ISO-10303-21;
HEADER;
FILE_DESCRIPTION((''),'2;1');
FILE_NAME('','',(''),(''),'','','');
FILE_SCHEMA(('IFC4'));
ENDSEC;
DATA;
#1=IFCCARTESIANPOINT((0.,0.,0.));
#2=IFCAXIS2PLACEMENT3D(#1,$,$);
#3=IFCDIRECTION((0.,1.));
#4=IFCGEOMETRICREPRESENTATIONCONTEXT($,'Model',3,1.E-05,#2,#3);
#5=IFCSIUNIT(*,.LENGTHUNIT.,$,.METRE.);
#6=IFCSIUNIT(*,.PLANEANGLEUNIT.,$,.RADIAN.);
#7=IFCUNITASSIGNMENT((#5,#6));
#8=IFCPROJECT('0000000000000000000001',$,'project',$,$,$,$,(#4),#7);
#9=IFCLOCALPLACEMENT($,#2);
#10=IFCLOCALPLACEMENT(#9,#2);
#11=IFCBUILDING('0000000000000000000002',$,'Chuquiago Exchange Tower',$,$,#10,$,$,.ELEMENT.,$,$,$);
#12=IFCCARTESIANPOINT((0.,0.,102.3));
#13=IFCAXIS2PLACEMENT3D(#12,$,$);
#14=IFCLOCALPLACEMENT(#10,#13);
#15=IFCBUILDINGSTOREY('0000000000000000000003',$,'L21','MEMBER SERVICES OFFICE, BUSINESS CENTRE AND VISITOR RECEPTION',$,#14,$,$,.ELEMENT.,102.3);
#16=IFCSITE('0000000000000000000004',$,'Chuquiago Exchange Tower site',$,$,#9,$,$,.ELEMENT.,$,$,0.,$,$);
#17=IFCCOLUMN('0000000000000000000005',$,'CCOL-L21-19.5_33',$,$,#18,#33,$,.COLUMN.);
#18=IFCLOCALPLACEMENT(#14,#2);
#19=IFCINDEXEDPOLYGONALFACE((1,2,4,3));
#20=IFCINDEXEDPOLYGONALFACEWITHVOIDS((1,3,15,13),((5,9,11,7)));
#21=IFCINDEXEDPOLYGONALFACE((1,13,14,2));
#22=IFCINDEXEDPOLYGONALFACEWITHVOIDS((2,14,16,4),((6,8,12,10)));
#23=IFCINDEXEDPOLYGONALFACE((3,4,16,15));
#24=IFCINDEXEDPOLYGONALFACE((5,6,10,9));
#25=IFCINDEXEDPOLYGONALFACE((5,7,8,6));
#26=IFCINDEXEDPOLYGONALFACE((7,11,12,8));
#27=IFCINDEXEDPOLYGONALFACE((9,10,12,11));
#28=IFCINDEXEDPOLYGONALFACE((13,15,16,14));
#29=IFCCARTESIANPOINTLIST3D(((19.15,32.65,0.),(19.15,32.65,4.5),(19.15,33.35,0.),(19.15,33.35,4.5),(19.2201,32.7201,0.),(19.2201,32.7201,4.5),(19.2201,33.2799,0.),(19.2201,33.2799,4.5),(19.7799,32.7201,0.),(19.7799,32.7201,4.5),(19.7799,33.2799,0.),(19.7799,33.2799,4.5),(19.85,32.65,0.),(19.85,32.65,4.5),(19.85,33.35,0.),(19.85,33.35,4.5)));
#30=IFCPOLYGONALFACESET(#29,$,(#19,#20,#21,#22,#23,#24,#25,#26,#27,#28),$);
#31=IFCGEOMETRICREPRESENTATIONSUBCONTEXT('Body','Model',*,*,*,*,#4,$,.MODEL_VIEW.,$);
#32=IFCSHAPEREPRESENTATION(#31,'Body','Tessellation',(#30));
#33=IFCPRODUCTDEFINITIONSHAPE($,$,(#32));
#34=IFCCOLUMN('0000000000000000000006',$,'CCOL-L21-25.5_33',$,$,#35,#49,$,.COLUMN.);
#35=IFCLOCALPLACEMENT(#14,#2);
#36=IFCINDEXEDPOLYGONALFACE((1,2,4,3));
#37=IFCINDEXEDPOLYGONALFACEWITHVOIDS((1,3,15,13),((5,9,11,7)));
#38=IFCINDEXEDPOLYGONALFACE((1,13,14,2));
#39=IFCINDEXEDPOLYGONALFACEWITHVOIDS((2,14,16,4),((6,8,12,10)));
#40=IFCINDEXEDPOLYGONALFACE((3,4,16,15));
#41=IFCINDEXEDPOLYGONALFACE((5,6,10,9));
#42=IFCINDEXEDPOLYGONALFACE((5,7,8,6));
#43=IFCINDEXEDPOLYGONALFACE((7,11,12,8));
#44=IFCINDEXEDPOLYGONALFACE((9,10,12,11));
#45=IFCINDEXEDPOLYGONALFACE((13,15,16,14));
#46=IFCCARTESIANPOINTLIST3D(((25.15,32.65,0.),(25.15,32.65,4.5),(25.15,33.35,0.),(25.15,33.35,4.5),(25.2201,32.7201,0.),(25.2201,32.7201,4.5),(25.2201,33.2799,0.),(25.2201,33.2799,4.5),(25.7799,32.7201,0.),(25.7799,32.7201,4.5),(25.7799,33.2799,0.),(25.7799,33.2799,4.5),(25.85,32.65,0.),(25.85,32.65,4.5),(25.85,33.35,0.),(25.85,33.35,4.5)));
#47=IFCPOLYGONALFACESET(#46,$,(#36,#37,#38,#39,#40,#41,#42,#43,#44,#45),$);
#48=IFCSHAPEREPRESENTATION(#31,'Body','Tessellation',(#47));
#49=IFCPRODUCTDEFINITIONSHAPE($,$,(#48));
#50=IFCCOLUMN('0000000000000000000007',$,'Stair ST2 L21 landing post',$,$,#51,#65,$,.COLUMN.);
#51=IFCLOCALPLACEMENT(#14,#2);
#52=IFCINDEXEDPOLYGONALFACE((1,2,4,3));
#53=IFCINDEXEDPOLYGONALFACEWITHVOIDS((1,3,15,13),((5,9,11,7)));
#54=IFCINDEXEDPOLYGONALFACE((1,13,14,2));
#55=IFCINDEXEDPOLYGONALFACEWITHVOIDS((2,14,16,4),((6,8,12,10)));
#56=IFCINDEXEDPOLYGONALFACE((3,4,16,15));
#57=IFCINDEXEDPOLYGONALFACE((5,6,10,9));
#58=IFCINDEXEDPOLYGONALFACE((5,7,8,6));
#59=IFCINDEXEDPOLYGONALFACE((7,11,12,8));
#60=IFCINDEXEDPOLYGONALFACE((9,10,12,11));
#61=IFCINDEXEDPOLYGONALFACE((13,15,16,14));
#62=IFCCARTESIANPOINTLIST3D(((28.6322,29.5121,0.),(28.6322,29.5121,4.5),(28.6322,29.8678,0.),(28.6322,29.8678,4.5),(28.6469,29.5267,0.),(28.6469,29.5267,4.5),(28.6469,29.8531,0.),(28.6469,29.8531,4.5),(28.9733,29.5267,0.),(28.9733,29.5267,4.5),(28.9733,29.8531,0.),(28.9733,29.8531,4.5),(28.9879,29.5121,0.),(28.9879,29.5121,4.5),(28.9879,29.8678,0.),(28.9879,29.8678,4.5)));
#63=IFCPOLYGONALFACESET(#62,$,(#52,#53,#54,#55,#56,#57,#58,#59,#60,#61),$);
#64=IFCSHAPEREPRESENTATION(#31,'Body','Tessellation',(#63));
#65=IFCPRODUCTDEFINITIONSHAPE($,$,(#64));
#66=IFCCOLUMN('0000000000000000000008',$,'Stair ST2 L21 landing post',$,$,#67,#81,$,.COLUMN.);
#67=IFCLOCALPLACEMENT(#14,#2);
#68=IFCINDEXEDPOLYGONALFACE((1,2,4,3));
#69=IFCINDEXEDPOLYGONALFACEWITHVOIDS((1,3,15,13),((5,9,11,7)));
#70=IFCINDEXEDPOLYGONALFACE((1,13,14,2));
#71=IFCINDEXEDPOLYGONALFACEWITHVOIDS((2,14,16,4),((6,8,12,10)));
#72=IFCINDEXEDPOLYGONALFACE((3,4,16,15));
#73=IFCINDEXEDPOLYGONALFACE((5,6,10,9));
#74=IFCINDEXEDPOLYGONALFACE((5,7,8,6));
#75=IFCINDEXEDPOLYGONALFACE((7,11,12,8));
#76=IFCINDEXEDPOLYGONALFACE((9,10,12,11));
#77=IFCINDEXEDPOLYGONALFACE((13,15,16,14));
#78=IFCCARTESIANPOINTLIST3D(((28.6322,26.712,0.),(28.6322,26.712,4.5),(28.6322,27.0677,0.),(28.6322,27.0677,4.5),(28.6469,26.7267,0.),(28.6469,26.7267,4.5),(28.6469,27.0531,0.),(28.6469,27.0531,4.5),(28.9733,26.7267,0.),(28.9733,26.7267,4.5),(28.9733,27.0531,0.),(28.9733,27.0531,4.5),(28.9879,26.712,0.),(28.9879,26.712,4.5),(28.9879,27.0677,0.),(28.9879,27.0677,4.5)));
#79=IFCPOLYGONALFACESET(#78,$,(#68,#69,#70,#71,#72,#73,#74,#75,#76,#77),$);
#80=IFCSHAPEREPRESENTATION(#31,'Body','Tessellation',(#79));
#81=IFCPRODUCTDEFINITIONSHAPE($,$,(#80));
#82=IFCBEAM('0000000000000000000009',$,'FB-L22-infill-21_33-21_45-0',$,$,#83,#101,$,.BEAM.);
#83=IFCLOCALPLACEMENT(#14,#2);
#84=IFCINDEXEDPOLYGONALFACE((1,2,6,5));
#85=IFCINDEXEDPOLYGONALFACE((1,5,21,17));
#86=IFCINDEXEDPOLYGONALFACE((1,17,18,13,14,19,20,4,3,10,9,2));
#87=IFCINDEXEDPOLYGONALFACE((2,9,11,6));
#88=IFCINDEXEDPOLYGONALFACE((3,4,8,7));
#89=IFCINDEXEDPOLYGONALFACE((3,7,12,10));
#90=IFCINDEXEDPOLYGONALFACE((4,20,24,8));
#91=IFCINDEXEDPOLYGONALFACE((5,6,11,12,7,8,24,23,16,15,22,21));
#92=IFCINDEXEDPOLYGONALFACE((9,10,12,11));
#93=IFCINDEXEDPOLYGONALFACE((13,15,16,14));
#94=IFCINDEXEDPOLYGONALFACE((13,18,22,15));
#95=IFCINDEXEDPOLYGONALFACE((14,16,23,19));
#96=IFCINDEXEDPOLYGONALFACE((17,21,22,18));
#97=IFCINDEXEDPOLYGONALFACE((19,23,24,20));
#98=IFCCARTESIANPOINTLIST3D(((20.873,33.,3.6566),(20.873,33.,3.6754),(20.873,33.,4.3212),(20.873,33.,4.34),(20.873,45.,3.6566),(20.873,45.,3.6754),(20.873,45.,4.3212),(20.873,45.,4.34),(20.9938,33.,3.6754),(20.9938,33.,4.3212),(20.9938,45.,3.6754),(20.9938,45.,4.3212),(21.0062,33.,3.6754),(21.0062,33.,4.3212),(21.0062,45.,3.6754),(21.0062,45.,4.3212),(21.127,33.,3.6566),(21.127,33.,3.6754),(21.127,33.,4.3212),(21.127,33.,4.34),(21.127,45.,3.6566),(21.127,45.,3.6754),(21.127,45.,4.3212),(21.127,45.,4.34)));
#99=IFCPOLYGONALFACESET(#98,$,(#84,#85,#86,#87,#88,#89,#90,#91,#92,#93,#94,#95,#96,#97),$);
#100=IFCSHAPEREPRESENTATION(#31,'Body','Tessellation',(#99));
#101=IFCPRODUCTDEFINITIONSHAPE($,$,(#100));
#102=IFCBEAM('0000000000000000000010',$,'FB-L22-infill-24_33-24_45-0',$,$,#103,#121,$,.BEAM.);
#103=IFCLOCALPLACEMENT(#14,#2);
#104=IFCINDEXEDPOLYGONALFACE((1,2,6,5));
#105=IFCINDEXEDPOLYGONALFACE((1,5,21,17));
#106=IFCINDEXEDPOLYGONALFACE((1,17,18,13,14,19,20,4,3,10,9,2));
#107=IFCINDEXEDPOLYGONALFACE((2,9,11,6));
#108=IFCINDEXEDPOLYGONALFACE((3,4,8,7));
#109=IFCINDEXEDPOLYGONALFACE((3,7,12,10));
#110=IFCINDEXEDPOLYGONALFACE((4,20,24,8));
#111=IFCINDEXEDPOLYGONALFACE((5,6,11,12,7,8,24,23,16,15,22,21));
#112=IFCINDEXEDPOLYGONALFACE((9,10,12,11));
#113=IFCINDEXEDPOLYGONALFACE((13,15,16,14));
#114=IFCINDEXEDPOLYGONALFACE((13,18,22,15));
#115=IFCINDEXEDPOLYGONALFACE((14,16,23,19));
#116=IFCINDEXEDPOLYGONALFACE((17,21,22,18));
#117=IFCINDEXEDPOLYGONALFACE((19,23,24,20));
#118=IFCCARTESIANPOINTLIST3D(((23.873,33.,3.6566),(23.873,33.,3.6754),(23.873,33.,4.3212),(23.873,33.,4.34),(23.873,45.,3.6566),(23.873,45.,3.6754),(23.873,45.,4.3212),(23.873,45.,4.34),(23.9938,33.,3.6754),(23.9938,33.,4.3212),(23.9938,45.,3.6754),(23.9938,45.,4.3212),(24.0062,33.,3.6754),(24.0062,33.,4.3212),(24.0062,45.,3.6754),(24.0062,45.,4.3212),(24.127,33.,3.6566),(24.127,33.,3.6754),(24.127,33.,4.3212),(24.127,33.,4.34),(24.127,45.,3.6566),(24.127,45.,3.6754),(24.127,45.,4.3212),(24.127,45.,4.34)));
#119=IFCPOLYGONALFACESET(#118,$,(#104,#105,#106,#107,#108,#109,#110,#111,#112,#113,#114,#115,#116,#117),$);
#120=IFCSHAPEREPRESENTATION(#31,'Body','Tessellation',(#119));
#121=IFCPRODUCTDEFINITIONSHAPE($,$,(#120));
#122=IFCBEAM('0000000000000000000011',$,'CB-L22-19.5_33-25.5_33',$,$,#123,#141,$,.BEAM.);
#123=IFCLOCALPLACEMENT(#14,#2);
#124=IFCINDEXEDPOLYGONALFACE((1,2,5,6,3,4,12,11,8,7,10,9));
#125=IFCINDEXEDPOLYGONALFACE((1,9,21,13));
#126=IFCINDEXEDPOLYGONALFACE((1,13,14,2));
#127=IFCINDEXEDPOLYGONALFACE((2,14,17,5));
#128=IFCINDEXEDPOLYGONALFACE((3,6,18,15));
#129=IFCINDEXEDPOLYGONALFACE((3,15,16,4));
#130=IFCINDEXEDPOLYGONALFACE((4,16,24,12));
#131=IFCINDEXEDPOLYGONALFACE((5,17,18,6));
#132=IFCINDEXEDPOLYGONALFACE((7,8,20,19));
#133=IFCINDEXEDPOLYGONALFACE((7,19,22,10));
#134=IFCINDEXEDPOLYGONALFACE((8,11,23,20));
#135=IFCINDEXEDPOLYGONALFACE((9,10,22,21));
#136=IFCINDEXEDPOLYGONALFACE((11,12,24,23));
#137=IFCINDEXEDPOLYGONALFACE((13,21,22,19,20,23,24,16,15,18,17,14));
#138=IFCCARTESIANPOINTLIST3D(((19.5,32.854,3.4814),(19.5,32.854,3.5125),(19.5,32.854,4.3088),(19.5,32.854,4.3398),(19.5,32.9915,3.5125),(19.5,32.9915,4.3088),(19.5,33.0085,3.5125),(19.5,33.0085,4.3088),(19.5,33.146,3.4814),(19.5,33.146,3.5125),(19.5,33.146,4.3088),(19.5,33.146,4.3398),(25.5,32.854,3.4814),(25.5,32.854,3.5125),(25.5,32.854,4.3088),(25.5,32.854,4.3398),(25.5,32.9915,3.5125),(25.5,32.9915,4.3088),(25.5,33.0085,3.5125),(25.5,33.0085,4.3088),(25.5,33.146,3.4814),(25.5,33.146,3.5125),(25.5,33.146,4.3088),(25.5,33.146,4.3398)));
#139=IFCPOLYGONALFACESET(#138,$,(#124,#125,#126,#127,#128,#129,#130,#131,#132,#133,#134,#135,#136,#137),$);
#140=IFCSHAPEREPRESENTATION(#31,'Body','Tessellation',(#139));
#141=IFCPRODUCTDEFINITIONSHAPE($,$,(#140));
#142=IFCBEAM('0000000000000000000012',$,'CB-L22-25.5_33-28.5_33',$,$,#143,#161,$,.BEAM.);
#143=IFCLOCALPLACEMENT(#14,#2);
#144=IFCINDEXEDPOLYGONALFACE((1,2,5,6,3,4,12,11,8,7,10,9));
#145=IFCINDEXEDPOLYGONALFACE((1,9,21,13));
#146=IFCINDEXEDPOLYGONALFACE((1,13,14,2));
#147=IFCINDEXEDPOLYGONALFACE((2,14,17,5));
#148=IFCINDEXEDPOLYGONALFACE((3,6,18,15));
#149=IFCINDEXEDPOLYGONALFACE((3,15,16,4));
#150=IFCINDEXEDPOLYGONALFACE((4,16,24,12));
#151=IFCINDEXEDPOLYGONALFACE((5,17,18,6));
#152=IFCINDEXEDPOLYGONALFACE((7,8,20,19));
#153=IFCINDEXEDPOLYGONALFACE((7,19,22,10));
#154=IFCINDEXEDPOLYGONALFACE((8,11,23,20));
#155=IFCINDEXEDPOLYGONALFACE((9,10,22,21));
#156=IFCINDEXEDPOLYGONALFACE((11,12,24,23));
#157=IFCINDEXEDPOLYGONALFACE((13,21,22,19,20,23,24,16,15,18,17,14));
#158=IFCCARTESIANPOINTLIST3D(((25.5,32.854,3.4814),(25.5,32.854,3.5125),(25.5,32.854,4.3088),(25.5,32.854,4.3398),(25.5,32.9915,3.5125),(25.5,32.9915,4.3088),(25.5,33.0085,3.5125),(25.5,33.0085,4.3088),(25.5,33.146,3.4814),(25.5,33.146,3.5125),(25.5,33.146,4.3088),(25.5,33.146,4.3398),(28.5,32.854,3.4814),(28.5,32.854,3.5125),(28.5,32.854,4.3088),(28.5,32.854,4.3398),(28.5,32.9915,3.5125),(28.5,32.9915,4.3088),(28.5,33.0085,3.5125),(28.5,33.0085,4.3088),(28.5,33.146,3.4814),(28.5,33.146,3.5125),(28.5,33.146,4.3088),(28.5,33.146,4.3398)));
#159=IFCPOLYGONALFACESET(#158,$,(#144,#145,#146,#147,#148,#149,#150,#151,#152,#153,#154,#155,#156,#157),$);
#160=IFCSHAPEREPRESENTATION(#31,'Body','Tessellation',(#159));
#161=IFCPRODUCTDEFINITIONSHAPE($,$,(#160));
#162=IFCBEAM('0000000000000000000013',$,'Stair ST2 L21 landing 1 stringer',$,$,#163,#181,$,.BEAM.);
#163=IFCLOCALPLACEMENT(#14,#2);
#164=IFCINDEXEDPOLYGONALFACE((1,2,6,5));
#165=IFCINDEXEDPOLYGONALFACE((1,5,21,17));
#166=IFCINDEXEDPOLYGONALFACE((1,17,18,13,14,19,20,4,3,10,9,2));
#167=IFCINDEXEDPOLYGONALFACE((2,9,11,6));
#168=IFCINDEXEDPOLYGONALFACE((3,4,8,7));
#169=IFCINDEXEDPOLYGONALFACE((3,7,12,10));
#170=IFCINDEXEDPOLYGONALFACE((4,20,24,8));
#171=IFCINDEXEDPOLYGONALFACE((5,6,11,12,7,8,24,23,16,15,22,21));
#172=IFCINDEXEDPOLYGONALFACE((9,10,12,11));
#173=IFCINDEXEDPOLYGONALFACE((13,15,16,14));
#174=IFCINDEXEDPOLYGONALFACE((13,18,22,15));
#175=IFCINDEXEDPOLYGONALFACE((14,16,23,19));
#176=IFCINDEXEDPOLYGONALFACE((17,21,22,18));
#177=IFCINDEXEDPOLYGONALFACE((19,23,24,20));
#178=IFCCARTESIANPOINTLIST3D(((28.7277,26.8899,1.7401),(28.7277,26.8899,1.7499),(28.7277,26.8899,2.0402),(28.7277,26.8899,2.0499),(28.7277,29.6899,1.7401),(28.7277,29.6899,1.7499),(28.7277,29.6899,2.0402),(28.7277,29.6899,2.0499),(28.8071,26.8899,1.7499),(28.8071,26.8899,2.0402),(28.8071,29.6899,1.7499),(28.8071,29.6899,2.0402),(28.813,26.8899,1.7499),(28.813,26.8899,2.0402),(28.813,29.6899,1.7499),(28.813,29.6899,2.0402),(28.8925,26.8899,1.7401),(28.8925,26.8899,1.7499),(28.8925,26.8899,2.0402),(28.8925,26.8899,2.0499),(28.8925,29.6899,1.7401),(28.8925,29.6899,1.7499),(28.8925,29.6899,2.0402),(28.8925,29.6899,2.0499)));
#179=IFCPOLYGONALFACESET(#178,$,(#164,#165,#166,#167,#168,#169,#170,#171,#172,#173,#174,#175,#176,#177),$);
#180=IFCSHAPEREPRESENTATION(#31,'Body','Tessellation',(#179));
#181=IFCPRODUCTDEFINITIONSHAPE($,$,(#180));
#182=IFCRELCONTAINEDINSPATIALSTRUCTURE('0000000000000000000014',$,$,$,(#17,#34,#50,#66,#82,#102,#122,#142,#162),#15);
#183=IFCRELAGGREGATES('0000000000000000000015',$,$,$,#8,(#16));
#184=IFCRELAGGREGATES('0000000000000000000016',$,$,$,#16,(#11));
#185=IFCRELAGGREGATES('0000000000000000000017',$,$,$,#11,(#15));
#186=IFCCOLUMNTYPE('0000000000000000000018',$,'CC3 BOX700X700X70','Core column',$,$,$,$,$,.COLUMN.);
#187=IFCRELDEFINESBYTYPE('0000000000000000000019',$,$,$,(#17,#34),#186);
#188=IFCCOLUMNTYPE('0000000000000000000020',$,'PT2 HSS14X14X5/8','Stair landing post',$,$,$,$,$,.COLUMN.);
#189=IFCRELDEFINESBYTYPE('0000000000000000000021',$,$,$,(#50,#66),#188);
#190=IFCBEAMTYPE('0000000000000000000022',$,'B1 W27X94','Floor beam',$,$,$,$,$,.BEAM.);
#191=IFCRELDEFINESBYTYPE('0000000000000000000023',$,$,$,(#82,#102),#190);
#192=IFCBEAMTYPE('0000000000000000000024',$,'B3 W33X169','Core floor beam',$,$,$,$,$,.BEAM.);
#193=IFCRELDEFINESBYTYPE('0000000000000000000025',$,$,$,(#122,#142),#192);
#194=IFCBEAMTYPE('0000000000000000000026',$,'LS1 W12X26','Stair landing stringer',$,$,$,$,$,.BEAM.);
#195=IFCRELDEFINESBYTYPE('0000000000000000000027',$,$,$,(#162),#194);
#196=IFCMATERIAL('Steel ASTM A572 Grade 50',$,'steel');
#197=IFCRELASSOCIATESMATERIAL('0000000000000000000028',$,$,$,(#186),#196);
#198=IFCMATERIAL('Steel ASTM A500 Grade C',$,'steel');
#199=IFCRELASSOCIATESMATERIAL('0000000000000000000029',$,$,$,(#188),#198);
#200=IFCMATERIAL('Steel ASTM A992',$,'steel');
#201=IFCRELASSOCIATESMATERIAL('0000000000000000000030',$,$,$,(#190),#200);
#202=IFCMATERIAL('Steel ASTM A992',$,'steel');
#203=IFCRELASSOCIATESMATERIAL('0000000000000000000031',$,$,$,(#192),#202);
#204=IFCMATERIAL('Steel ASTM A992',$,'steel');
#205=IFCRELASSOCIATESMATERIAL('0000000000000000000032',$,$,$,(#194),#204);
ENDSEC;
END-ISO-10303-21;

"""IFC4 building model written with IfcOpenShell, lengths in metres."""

from ifc_helpers import new_model, si_unit, direction, frame, origin, origin_2d, place, context, subcontext, project, spatial, hollow_rectangle, i_section, extrude, material, material_profile, profile_set, type_object, element, save


model = new_model("IFC4")

# Units and contexts
model_context = context("Model", 3, precision=1e-05, world=origin(), true_north=direction((0.0, 1.0)))
body_context = subcontext(model_context, "Body", "Model", "MODEL_VIEW")
ifc_project = project(units=[si_unit("LENGTHUNIT", "METRE"), si_unit("PLANEANGLEUNIT", "RADIAN")], contexts=[model_context])

# Site, building, storey
site_placement = place(None, origin())
site = spatial("IfcSite", under=ifc_project, at=site_placement, Name="Chuquiago Exchange Tower site", CompositionType="ELEMENT", RefElevation=0.0)
building_placement = place(site_placement, origin())
building = spatial("IfcBuilding", under=site, at=building_placement, Name="Chuquiago Exchange Tower", CompositionType="ELEMENT")
storey_placement = place(building_placement, frame((0.0, 0.0, 102.3)))
storey = spatial("IfcBuildingStorey", under=building, at=storey_placement, Name="L21", Description="MEMBER SERVICES OFFICE, BUSINESS CENTRE AND VISITOR RECEPTION", CompositionType="ELEMENT", Elevation=102.3)

# Columns
ifc_material_1 = material(Name="Steel ASTM A572 Grade 50", Category="steel")
ifc_material_profile_1 = material_profile(ifc_material_1, hollow_rectangle(XDim=0.7, YDim=0.7, WallThickness=0.0701, at=origin_2d()), Name="BOX700X700X70")
ifc_profile_set_1 = profile_set([ifc_material_profile_1], Name="Steel ASTM A572 Grade 50")
column_type_1 = type_object("IfcColumnType", Name="CC3 BOX700X700X70", Description="Core column", PredefinedType="COLUMN", material=ifc_profile_set_1)
for number, where, z_axis, x_axis, name in (
    (1, (19.5, 33.0, 0.0), (0.0, 0.0, 1.0), (1.0, 0.0, 0.0), "CCOL-L21-19.5_33"),
    (2, (25.5, 33.0, 0.0), (0.0, 0.0, 1.0), (1.0, 0.0, 0.0), "CCOL-L21-25.5_33"),
):
    element("IfcColumn", number, at=place(storey_placement, frame(where, z_axis=z_axis, x_axis=x_axis)), inside=storey, type_object=column_type_1, Name=name, PredefinedType="COLUMN", context=body_context, shape_type="SweptSolid", body=[
        extrude(hollow_rectangle(XDim=0.7, YDim=0.7, WallThickness=0.0701, at=origin_2d()), origin(), (0.0, 0.0, 1.0), 4.5),
    ])
ifc_material_2 = material(Name="Steel ASTM A500 Grade C", Category="steel")
ifc_material_profile_2 = material_profile(ifc_material_2, hollow_rectangle(XDim=0.3557, YDim=0.3557, WallThickness=0.0146, at=origin_2d()), Name="HSS14X14X5/8")
ifc_profile_set_2 = profile_set([ifc_material_profile_2], Name="Steel ASTM A500 Grade C")
column_type_2 = type_object("IfcColumnType", Name="PT2 HSS14X14X5/8", Description="Stair landing post", PredefinedType="COLUMN", material=ifc_profile_set_2)
for number, where, z_axis, x_axis, name in (
    (3, (28.8101, 29.6899, 0.0), (0.0, 0.0, 1.0), (1.0, 0.0, 0.0), "Stair ST2 L21 landing post"),
    (4, (28.8101, 26.8899, 0.0), (0.0, 0.0, 1.0), (1.0, 0.0, 0.0), "Stair ST2 L21 landing post"),
):
    element("IfcColumn", number, at=place(storey_placement, frame(where, z_axis=z_axis, x_axis=x_axis)), inside=storey, type_object=column_type_2, Name=name, PredefinedType="COLUMN", context=body_context, shape_type="SweptSolid", body=[
        extrude(hollow_rectangle(XDim=0.3557, YDim=0.3557, WallThickness=0.0146, at=origin_2d()), origin(), (0.0, 0.0, 1.0), 4.5),
    ])

# Beams
ifc_material_3 = material(Name="Steel ASTM A992", Category="steel")
ifc_material_profile_3 = material_profile(ifc_material_3, i_section(OverallWidth=0.2539, OverallDepth=0.6833, WebThickness=0.0125, FlangeThickness=0.0188, at=origin_2d()), Name="W27X94")
ifc_profile_set_3 = profile_set([ifc_material_profile_3], Name="Steel ASTM A992")
beam_type_1 = type_object("IfcBeamType", Name="B1 W27X94", Description="Floor beam", PredefinedType="BEAM", material=ifc_profile_set_3)
for number, where, z_axis, x_axis, name in (
    (5, (21.0, 33.0, 3.9983), (0.0, 1.0, 0.0), (-1.0, 0.0, 0.0), "FB-L22-infill-21_33-21_45-0"),
    (6, (24.0, 33.0, 3.9983), (0.0, 1.0, 0.0), (-1.0, 0.0, 0.0), "FB-L22-infill-24_33-24_45-0"),
):
    element("IfcBeam", number, at=place(storey_placement, frame(where, z_axis=z_axis, x_axis=x_axis)), inside=storey, type_object=beam_type_1, Name=name, PredefinedType="BEAM", context=body_context, shape_type="SweptSolid", body=[
        extrude(i_section(OverallWidth=0.2539, OverallDepth=0.6833, WebThickness=0.0125, FlangeThickness=0.0188, at=origin_2d()), origin(), (0.0, 0.0, 1.0), 12.0),
    ])
ifc_material_4 = material(Name="Steel ASTM A992", Category="steel")
ifc_material_profile_4 = material_profile(ifc_material_4, i_section(OverallWidth=0.292, OverallDepth=0.8584, WebThickness=0.0171, FlangeThickness=0.031, at=origin_2d()), Name="W33X169")
ifc_profile_set_4 = profile_set([ifc_material_profile_4], Name="Steel ASTM A992")
beam_type_2 = type_object("IfcBeamType", Name="B3 W33X169", Description="Core floor beam", PredefinedType="BEAM", material=ifc_profile_set_4)
beam_1_placement = place(storey_placement, frame((19.5, 33.0, 3.9106), z_axis=(1.0, 0.0, 0.0), x_axis=(0.0, 1.0, 0.0)))
element("IfcBeam", 7, at=beam_1_placement, inside=storey, type_object=beam_type_2, Name="CB-L22-19.5_33-25.5_33", PredefinedType="BEAM", context=body_context, shape_type="SweptSolid", body=[
    extrude(i_section(OverallWidth=0.292, OverallDepth=0.8584, WebThickness=0.0171, FlangeThickness=0.031, at=origin_2d()), origin(), (0.0, 0.0, 1.0), 6.0),
])
beam_2_placement = place(storey_placement, frame((25.5, 33.0, 3.9106), z_axis=(1.0, 0.0, 0.0), x_axis=(0.0, 1.0, 0.0)))
element("IfcBeam", 8, at=beam_2_placement, inside=storey, type_object=beam_type_2, Name="CB-L22-25.5_33-28.5_33", PredefinedType="BEAM", context=body_context, shape_type="SweptSolid", body=[
    extrude(i_section(OverallWidth=0.292, OverallDepth=0.8584, WebThickness=0.0171, FlangeThickness=0.031, at=origin_2d()), origin(), (0.0, 0.0, 1.0), 3.0),
])
ifc_material_5 = material(Name="Steel ASTM A992", Category="steel")
ifc_material_profile_5 = material_profile(ifc_material_5, i_section(OverallWidth=0.1648, OverallDepth=0.3098, WebThickness=0.0059, FlangeThickness=0.0098, at=origin_2d()), Name="W12X26")
ifc_profile_set_5 = profile_set([ifc_material_profile_5], Name="Steel ASTM A992")
beam_type_3 = type_object("IfcBeamType", Name="LS1 W12X26", Description="Stair landing stringer", PredefinedType="BEAM", material=ifc_profile_set_5)
beam_3_placement = place(storey_placement, frame((28.8101, 26.8899, 1.895), z_axis=(0.0, 1.0, 0.0), x_axis=(-1.0, 0.0, 0.0)))
element("IfcBeam", 9, at=beam_3_placement, inside=storey, type_object=beam_type_3, Name="Stair ST2 L21 landing 1 stringer", PredefinedType="BEAM", context=body_context, shape_type="SweptSolid", body=[
    extrude(i_section(OverallWidth=0.1648, OverallDepth=0.3098, WebThickness=0.0059, FlangeThickness=0.0098, at=origin_2d()), origin(), (0.0, 0.0, 1.0), 2.8),
])

save(model, "model.ifc")
